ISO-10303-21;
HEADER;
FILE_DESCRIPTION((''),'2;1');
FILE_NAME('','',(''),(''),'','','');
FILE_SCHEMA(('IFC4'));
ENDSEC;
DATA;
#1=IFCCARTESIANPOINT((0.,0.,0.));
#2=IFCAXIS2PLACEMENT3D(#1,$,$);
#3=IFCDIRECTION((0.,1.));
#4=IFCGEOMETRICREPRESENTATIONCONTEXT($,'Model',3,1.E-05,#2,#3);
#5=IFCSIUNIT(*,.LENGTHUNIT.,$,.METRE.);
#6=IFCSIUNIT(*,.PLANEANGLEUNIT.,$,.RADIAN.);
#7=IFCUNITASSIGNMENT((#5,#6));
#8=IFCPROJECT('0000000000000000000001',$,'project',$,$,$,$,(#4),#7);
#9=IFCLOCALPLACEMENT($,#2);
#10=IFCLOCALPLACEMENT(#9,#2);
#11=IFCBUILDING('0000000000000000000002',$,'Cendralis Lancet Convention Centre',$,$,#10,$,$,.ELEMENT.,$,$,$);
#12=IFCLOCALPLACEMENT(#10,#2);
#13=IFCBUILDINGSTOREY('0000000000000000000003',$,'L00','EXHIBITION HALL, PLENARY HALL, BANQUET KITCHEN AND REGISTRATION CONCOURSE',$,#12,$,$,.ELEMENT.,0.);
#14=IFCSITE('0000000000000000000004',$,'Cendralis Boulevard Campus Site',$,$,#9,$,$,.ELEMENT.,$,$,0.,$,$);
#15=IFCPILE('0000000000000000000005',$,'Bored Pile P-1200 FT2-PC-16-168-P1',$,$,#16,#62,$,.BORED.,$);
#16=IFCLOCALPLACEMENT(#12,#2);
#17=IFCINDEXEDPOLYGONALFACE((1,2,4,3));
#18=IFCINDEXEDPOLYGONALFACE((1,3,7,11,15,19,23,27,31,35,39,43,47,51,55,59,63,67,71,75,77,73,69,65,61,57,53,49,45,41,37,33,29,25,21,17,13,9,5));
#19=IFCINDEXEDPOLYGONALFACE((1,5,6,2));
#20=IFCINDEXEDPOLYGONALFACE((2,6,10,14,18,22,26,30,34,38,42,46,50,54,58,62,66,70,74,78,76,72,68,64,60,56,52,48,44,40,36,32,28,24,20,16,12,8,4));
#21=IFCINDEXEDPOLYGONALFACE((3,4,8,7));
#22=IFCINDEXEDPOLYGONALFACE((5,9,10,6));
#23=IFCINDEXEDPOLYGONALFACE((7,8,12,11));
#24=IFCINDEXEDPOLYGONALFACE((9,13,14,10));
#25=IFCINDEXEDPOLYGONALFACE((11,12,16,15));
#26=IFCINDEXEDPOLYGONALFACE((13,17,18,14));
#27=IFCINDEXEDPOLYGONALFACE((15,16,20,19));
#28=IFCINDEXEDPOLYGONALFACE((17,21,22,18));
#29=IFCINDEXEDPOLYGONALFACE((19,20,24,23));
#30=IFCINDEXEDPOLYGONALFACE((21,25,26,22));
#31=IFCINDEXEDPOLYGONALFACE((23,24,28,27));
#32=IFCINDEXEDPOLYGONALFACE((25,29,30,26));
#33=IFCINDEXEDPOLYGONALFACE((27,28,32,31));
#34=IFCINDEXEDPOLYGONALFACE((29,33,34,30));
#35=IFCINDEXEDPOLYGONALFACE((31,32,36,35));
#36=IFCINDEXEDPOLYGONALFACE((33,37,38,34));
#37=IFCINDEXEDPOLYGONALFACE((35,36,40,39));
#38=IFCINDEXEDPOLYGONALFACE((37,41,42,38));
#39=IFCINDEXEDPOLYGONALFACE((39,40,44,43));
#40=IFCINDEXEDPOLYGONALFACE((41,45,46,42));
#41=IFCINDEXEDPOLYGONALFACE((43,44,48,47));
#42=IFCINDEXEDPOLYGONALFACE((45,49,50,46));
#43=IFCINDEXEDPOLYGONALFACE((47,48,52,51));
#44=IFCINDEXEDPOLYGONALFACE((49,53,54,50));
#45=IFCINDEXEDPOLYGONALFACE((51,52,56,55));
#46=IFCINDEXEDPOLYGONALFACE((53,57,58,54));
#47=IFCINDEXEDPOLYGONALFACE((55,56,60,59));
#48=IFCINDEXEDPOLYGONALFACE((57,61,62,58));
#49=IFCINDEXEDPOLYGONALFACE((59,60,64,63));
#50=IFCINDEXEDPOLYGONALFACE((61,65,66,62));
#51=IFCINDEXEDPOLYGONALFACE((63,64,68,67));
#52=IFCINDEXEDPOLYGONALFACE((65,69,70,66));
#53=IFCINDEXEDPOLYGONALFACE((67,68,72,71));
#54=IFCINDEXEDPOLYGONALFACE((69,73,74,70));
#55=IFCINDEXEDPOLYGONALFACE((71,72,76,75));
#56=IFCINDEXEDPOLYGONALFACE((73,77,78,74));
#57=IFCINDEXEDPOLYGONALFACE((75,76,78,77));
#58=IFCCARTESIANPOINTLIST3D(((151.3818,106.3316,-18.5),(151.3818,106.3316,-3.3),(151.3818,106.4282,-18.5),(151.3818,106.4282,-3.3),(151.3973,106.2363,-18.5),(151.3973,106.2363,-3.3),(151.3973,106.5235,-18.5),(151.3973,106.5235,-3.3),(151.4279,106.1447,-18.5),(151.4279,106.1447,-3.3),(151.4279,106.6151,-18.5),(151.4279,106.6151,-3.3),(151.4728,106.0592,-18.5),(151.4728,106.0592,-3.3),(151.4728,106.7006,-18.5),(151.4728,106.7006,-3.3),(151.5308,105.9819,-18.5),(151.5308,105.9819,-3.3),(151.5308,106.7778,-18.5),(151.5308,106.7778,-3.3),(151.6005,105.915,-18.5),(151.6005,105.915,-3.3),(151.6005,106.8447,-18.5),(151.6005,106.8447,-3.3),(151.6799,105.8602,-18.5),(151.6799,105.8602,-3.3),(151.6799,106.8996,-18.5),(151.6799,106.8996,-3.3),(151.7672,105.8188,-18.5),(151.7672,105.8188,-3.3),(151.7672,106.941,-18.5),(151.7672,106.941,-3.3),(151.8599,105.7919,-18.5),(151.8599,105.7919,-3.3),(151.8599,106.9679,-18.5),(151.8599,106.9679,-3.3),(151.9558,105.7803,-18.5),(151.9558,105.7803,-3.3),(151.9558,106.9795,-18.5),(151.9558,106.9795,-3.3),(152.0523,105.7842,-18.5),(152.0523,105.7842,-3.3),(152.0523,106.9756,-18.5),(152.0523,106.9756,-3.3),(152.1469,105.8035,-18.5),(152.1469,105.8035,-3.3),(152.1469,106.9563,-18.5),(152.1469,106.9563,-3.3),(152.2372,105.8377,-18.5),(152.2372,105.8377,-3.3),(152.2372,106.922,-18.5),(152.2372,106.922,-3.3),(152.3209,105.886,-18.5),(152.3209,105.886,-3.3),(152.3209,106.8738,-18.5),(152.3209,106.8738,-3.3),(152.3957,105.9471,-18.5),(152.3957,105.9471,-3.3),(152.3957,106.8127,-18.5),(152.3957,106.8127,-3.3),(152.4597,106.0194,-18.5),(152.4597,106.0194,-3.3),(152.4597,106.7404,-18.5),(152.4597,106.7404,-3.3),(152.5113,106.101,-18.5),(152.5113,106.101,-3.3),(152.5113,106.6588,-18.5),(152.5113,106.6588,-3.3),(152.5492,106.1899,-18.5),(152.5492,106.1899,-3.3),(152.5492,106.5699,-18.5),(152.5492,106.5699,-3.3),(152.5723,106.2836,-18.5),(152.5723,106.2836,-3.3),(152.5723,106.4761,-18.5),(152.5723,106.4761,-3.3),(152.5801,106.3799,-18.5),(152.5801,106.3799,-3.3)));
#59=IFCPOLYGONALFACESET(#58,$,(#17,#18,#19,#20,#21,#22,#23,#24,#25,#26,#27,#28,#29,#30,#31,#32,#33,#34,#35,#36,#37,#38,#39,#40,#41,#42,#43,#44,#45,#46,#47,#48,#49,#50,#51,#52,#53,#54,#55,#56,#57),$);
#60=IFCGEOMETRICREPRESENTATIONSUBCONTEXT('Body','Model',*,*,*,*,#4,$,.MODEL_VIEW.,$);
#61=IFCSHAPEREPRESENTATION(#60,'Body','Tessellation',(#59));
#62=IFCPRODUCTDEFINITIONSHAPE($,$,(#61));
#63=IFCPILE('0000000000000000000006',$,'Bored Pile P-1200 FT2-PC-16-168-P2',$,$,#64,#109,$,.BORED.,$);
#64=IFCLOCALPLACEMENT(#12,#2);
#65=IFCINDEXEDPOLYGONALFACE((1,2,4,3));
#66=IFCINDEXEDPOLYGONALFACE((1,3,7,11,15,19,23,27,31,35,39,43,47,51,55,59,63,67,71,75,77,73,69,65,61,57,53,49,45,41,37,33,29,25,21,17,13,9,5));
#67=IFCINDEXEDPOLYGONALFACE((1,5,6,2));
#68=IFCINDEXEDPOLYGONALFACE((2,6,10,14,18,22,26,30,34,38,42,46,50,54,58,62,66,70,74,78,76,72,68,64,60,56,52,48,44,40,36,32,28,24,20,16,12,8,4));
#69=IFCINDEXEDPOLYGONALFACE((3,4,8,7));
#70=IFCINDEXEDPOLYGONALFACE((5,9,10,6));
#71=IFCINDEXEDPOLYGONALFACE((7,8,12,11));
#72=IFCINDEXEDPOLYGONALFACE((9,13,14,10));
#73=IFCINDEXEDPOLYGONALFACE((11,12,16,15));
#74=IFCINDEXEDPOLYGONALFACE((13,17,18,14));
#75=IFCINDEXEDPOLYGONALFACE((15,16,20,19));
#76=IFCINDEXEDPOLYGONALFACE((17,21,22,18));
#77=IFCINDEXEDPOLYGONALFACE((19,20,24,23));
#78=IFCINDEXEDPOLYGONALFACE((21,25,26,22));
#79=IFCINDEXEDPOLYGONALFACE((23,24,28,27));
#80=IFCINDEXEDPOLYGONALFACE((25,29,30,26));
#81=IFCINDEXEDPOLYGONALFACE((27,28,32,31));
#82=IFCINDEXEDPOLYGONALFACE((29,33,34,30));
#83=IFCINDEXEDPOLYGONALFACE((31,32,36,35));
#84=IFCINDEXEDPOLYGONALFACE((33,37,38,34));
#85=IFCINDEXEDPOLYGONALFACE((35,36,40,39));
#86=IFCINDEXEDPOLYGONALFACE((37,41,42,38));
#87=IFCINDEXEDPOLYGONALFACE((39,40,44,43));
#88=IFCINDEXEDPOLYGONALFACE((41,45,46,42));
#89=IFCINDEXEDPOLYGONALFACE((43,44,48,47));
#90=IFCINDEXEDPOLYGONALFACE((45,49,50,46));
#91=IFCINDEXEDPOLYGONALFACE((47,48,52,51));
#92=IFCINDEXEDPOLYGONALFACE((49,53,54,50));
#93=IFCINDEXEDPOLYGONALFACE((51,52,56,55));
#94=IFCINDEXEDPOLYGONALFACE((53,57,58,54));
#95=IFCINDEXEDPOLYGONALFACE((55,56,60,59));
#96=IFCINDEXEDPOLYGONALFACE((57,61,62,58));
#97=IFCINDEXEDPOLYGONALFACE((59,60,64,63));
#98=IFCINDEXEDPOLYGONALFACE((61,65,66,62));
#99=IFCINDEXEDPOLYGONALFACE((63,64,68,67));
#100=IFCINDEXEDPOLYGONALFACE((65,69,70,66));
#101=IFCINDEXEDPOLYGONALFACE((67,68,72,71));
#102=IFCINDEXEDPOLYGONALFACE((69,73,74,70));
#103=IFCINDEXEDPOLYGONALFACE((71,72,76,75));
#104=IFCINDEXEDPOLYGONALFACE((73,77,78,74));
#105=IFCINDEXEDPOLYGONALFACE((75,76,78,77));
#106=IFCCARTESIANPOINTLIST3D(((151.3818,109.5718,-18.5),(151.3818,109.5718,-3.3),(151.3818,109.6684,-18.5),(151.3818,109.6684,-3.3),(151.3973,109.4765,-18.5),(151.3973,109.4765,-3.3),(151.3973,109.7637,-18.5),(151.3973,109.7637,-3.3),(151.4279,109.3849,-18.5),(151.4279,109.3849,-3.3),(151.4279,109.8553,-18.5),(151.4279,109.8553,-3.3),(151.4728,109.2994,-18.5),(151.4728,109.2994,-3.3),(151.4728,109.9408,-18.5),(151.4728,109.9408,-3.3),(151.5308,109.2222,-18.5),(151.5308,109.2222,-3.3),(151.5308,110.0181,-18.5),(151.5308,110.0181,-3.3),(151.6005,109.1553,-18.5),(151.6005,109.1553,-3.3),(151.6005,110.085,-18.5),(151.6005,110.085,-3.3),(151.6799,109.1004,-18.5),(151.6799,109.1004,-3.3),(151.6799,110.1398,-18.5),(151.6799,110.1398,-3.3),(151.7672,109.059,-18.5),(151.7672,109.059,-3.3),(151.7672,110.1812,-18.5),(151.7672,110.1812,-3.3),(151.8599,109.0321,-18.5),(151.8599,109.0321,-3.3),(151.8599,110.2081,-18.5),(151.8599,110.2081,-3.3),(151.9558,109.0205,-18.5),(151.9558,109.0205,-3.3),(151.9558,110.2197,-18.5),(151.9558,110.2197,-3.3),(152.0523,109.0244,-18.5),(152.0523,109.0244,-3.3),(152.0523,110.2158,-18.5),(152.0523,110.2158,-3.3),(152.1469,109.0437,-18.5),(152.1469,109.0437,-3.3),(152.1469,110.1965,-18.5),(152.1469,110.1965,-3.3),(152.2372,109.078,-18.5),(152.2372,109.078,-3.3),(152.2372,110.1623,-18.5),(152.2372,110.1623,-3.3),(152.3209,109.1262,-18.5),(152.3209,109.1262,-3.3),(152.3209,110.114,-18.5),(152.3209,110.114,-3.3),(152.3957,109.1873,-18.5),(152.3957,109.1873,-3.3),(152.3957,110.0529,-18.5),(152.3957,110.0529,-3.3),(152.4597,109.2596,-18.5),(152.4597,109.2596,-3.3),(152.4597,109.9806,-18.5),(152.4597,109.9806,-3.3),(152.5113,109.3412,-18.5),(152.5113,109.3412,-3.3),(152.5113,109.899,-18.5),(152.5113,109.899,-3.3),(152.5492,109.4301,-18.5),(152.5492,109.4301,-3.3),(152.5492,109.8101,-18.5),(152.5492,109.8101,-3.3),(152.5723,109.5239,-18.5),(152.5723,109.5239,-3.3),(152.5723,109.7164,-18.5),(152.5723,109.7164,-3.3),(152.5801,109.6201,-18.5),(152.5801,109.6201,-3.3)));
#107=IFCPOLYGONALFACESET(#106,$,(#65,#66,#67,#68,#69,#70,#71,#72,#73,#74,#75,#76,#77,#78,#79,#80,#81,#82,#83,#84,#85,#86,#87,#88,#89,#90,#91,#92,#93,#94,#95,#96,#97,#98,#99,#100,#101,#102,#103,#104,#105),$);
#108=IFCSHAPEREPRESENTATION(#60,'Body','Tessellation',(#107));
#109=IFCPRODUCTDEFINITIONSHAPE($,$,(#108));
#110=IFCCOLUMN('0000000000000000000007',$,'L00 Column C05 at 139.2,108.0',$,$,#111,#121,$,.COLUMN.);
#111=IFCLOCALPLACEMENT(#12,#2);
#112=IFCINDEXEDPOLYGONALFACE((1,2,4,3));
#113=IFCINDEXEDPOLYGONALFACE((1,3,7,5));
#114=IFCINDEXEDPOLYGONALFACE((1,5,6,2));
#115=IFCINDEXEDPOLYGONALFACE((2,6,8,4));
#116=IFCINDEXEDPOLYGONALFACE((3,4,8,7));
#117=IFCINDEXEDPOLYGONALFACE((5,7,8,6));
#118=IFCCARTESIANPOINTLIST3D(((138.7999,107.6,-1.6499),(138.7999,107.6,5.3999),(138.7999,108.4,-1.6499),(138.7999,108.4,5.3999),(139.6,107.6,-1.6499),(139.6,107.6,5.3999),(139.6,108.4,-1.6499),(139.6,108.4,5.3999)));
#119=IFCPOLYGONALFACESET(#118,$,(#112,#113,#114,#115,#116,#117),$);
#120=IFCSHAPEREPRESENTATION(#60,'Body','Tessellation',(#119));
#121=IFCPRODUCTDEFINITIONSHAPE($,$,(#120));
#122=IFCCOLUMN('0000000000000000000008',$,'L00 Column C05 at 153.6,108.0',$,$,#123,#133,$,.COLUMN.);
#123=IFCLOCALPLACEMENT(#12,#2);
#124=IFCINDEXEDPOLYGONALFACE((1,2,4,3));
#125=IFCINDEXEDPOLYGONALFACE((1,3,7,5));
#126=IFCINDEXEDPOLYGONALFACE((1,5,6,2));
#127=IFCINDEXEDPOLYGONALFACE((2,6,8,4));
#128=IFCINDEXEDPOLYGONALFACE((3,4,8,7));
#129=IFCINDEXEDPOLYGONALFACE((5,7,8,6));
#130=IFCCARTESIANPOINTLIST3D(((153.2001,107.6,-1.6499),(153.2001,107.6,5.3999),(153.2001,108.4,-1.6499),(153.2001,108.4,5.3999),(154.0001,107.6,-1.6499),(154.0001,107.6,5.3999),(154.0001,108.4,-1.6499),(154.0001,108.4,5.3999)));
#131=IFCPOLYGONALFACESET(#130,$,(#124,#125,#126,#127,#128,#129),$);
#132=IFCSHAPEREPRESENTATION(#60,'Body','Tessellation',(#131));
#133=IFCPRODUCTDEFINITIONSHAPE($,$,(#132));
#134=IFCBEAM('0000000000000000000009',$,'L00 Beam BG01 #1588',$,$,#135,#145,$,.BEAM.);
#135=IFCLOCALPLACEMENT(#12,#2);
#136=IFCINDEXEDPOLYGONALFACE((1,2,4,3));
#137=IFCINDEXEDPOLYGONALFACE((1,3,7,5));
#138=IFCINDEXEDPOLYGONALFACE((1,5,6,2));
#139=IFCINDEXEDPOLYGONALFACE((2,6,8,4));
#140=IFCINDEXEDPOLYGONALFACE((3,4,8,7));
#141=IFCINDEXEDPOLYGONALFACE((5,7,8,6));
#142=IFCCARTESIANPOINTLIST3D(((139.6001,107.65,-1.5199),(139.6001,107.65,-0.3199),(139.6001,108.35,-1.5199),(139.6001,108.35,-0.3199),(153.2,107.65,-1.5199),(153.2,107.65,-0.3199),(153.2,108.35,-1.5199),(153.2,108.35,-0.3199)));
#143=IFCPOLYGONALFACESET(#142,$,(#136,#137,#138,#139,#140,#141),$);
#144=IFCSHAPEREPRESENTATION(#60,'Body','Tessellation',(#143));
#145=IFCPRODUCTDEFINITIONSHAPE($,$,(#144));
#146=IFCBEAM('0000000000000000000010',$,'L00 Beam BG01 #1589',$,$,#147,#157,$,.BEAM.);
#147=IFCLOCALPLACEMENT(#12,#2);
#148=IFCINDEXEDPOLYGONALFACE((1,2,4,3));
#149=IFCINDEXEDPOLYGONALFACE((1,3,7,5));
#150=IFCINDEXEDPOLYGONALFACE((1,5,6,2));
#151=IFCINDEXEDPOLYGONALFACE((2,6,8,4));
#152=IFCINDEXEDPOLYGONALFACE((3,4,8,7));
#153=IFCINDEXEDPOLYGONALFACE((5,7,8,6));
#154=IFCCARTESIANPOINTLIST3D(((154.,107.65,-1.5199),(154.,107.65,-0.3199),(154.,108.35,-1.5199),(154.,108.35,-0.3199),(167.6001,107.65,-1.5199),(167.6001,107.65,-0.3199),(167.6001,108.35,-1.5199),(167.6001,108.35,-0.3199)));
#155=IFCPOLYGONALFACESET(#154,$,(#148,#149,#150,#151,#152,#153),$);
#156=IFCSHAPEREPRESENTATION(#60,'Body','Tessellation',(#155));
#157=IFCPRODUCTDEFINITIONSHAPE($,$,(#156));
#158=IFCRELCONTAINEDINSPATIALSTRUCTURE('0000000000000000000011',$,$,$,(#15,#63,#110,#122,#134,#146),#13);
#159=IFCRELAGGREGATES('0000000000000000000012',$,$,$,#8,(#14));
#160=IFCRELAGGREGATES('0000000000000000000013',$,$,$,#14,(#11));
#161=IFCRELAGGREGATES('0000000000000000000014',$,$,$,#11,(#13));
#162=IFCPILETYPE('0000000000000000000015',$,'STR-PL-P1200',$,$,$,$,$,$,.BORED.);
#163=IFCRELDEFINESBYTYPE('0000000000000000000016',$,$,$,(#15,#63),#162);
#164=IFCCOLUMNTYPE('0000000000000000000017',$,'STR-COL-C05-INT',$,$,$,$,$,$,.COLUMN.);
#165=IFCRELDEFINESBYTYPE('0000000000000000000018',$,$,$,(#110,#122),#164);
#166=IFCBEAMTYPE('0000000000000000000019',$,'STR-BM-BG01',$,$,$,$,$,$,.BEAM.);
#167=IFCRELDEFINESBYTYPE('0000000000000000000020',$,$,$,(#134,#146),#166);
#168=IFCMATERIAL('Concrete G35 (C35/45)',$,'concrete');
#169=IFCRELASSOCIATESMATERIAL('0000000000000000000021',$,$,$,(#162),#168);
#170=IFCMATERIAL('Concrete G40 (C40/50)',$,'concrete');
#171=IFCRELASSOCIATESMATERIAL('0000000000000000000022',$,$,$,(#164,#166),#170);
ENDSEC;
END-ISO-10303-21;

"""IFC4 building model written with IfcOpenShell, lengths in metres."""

from ifc_helpers import new_model, si_unit, direction, frame, origin, origin_2d, place, context, subcontext, project, spatial, rectangle, circle, extrude, material, material_profile, profile_set, type_object, element, save


model = new_model("IFC4")

# Units and contexts
model_context = context("Model", 3, precision=1e-05, world=origin(), true_north=direction((0.0, 1.0)))
body_context = subcontext(model_context, "Body", "Model", "MODEL_VIEW")
ifc_project = project(units=[si_unit("LENGTHUNIT", "METRE"), si_unit("PLANEANGLEUNIT", "RADIAN")], contexts=[model_context])

# Site, building, storey
site_placement = place(None, origin())
site = spatial("IfcSite", under=ifc_project, at=site_placement, Name="Cendralis Boulevard Campus Site", CompositionType="ELEMENT", RefElevation=0.0)
building_placement = place(site_placement, origin())
building = spatial("IfcBuilding", under=site, at=building_placement, Name="Cendralis Lancet Convention Centre", CompositionType="ELEMENT")
storey_placement = place(building_placement, origin())
storey = spatial("IfcBuildingStorey", under=building, at=storey_placement, Name="L00", Description="EXHIBITION HALL, PLENARY HALL, BANQUET KITCHEN AND REGISTRATION CONCOURSE", CompositionType="ELEMENT", Elevation=0.0)

# Shared definitions
ifc_material_1 = material(Name="Concrete G35 (C35/45)", Category="concrete")

# Piles
ifc_material_profile_1 = material_profile(ifc_material_1, circle(Radius=0.6001, at=origin_2d()), Name="BORED PILE D1200")
ifc_profile_set_1 = profile_set([ifc_material_profile_1], Name="Concrete G35 (C35/45)")
pile_type = type_object("IfcPileType", Name="STR-PL-P1200", PredefinedType="BORED", material=ifc_profile_set_1)
for number, where, z_axis, x_axis, name in (
    (1, (151.98, 106.3799, -3.3), (0.0, 0.0, -1.0), (1.0, 0.0, 0.0), "Bored Pile P-1200 FT2-PC-16-168-P1"),
    (2, (151.98, 109.6201, -3.3), (0.0, 0.0, -1.0), (1.0, 0.0, 0.0), "Bored Pile P-1200 FT2-PC-16-168-P2"),
):
    element("IfcPile", number, at=place(storey_placement, frame(where, z_axis=z_axis, x_axis=x_axis)), inside=storey, type_object=pile_type, Name=name, PredefinedType="BORED", context=body_context, shape_type="SweptSolid", body=[
        extrude(circle(Radius=0.6001, at=origin_2d()), origin(), (0.0, 0.0, 1.0), 15.2),
    ])

# Columns
ifc_material_2 = material(Name="Concrete G40 (C40/50)", Category="concrete")
ifc_material_profile_2 = material_profile(ifc_material_2, rectangle(XDim=0.8, YDim=0.8, at=origin_2d()), Name="RC 800x800")
ifc_profile_set_2 = profile_set([ifc_material_profile_2], Name="Concrete G40 (C40/50)")
column_type = type_object("IfcColumnType", Name="STR-COL-C05-INT", PredefinedType="COLUMN", material=ifc_profile_set_2)
for number, where, z_axis, x_axis, name in (
    (3, (139.2, 108.0, -1.6499), (0.0, 0.0, 1.0), (1.0, 0.0, 0.0), "L00 Column C05 at 139.2,108.0"),
    (4, (153.6001, 108.0, -1.6499), (0.0, 0.0, 1.0), (1.0, 0.0, 0.0), "L00 Column C05 at 153.6,108.0"),
):
    element("IfcColumn", number, at=place(storey_placement, frame(where, z_axis=z_axis, x_axis=x_axis)), inside=storey, type_object=column_type, Name=name, PredefinedType="COLUMN", context=body_context, shape_type="SweptSolid", body=[
        extrude(rectangle(XDim=0.8, YDim=0.8, at=origin_2d()), origin(), (0.0, 0.0, 1.0), 7.0498),
    ])

# Beams
ifc_material_profile_3 = material_profile(ifc_material_2, rectangle(XDim=0.7, YDim=1.2, at=origin_2d()), Name="RCB 700x1200")
ifc_profile_set_3 = profile_set([ifc_material_profile_3], Name="Concrete G40 (C40/50)")
beam_type_1 = type_object("IfcBeamType", Name="STR-BM-BG01", PredefinedType="BEAM", material=ifc_profile_set_3)
beam_1_placement = place(storey_placement, frame((139.6001, 108.0, -0.9199), z_axis=(1.0, 0.0, 0.0), x_axis=(0.0, 1.0, 0.0)))
element("IfcBeam", 5, at=beam_1_placement, inside=storey, type_object=beam_type_1, Name="L00 Beam BG01 #1588", PredefinedType="BEAM", context=body_context, shape_type="SweptSolid", body=[
    extrude(rectangle(XDim=0.7, YDim=1.2, at=origin_2d()), origin(), (0.0, 0.0, 1.0), 13.5999),
])
beam_2_placement = place(storey_placement, frame((154.0, 108.0, -0.9199), z_axis=(1.0, 0.0, 0.0), x_axis=(0.0, 1.0, 0.0)))
element("IfcBeam", 6, at=beam_2_placement, inside=storey, type_object=beam_type_1, Name="L00 Beam BG01 #1589", PredefinedType="BEAM", context=body_context, shape_type="SweptSolid", body=[
    extrude(rectangle(XDim=0.7, YDim=1.2, at=origin_2d()), origin(), (0.0, 0.0, 1.0), 13.6001),
])

save(model, "model.ifc")
